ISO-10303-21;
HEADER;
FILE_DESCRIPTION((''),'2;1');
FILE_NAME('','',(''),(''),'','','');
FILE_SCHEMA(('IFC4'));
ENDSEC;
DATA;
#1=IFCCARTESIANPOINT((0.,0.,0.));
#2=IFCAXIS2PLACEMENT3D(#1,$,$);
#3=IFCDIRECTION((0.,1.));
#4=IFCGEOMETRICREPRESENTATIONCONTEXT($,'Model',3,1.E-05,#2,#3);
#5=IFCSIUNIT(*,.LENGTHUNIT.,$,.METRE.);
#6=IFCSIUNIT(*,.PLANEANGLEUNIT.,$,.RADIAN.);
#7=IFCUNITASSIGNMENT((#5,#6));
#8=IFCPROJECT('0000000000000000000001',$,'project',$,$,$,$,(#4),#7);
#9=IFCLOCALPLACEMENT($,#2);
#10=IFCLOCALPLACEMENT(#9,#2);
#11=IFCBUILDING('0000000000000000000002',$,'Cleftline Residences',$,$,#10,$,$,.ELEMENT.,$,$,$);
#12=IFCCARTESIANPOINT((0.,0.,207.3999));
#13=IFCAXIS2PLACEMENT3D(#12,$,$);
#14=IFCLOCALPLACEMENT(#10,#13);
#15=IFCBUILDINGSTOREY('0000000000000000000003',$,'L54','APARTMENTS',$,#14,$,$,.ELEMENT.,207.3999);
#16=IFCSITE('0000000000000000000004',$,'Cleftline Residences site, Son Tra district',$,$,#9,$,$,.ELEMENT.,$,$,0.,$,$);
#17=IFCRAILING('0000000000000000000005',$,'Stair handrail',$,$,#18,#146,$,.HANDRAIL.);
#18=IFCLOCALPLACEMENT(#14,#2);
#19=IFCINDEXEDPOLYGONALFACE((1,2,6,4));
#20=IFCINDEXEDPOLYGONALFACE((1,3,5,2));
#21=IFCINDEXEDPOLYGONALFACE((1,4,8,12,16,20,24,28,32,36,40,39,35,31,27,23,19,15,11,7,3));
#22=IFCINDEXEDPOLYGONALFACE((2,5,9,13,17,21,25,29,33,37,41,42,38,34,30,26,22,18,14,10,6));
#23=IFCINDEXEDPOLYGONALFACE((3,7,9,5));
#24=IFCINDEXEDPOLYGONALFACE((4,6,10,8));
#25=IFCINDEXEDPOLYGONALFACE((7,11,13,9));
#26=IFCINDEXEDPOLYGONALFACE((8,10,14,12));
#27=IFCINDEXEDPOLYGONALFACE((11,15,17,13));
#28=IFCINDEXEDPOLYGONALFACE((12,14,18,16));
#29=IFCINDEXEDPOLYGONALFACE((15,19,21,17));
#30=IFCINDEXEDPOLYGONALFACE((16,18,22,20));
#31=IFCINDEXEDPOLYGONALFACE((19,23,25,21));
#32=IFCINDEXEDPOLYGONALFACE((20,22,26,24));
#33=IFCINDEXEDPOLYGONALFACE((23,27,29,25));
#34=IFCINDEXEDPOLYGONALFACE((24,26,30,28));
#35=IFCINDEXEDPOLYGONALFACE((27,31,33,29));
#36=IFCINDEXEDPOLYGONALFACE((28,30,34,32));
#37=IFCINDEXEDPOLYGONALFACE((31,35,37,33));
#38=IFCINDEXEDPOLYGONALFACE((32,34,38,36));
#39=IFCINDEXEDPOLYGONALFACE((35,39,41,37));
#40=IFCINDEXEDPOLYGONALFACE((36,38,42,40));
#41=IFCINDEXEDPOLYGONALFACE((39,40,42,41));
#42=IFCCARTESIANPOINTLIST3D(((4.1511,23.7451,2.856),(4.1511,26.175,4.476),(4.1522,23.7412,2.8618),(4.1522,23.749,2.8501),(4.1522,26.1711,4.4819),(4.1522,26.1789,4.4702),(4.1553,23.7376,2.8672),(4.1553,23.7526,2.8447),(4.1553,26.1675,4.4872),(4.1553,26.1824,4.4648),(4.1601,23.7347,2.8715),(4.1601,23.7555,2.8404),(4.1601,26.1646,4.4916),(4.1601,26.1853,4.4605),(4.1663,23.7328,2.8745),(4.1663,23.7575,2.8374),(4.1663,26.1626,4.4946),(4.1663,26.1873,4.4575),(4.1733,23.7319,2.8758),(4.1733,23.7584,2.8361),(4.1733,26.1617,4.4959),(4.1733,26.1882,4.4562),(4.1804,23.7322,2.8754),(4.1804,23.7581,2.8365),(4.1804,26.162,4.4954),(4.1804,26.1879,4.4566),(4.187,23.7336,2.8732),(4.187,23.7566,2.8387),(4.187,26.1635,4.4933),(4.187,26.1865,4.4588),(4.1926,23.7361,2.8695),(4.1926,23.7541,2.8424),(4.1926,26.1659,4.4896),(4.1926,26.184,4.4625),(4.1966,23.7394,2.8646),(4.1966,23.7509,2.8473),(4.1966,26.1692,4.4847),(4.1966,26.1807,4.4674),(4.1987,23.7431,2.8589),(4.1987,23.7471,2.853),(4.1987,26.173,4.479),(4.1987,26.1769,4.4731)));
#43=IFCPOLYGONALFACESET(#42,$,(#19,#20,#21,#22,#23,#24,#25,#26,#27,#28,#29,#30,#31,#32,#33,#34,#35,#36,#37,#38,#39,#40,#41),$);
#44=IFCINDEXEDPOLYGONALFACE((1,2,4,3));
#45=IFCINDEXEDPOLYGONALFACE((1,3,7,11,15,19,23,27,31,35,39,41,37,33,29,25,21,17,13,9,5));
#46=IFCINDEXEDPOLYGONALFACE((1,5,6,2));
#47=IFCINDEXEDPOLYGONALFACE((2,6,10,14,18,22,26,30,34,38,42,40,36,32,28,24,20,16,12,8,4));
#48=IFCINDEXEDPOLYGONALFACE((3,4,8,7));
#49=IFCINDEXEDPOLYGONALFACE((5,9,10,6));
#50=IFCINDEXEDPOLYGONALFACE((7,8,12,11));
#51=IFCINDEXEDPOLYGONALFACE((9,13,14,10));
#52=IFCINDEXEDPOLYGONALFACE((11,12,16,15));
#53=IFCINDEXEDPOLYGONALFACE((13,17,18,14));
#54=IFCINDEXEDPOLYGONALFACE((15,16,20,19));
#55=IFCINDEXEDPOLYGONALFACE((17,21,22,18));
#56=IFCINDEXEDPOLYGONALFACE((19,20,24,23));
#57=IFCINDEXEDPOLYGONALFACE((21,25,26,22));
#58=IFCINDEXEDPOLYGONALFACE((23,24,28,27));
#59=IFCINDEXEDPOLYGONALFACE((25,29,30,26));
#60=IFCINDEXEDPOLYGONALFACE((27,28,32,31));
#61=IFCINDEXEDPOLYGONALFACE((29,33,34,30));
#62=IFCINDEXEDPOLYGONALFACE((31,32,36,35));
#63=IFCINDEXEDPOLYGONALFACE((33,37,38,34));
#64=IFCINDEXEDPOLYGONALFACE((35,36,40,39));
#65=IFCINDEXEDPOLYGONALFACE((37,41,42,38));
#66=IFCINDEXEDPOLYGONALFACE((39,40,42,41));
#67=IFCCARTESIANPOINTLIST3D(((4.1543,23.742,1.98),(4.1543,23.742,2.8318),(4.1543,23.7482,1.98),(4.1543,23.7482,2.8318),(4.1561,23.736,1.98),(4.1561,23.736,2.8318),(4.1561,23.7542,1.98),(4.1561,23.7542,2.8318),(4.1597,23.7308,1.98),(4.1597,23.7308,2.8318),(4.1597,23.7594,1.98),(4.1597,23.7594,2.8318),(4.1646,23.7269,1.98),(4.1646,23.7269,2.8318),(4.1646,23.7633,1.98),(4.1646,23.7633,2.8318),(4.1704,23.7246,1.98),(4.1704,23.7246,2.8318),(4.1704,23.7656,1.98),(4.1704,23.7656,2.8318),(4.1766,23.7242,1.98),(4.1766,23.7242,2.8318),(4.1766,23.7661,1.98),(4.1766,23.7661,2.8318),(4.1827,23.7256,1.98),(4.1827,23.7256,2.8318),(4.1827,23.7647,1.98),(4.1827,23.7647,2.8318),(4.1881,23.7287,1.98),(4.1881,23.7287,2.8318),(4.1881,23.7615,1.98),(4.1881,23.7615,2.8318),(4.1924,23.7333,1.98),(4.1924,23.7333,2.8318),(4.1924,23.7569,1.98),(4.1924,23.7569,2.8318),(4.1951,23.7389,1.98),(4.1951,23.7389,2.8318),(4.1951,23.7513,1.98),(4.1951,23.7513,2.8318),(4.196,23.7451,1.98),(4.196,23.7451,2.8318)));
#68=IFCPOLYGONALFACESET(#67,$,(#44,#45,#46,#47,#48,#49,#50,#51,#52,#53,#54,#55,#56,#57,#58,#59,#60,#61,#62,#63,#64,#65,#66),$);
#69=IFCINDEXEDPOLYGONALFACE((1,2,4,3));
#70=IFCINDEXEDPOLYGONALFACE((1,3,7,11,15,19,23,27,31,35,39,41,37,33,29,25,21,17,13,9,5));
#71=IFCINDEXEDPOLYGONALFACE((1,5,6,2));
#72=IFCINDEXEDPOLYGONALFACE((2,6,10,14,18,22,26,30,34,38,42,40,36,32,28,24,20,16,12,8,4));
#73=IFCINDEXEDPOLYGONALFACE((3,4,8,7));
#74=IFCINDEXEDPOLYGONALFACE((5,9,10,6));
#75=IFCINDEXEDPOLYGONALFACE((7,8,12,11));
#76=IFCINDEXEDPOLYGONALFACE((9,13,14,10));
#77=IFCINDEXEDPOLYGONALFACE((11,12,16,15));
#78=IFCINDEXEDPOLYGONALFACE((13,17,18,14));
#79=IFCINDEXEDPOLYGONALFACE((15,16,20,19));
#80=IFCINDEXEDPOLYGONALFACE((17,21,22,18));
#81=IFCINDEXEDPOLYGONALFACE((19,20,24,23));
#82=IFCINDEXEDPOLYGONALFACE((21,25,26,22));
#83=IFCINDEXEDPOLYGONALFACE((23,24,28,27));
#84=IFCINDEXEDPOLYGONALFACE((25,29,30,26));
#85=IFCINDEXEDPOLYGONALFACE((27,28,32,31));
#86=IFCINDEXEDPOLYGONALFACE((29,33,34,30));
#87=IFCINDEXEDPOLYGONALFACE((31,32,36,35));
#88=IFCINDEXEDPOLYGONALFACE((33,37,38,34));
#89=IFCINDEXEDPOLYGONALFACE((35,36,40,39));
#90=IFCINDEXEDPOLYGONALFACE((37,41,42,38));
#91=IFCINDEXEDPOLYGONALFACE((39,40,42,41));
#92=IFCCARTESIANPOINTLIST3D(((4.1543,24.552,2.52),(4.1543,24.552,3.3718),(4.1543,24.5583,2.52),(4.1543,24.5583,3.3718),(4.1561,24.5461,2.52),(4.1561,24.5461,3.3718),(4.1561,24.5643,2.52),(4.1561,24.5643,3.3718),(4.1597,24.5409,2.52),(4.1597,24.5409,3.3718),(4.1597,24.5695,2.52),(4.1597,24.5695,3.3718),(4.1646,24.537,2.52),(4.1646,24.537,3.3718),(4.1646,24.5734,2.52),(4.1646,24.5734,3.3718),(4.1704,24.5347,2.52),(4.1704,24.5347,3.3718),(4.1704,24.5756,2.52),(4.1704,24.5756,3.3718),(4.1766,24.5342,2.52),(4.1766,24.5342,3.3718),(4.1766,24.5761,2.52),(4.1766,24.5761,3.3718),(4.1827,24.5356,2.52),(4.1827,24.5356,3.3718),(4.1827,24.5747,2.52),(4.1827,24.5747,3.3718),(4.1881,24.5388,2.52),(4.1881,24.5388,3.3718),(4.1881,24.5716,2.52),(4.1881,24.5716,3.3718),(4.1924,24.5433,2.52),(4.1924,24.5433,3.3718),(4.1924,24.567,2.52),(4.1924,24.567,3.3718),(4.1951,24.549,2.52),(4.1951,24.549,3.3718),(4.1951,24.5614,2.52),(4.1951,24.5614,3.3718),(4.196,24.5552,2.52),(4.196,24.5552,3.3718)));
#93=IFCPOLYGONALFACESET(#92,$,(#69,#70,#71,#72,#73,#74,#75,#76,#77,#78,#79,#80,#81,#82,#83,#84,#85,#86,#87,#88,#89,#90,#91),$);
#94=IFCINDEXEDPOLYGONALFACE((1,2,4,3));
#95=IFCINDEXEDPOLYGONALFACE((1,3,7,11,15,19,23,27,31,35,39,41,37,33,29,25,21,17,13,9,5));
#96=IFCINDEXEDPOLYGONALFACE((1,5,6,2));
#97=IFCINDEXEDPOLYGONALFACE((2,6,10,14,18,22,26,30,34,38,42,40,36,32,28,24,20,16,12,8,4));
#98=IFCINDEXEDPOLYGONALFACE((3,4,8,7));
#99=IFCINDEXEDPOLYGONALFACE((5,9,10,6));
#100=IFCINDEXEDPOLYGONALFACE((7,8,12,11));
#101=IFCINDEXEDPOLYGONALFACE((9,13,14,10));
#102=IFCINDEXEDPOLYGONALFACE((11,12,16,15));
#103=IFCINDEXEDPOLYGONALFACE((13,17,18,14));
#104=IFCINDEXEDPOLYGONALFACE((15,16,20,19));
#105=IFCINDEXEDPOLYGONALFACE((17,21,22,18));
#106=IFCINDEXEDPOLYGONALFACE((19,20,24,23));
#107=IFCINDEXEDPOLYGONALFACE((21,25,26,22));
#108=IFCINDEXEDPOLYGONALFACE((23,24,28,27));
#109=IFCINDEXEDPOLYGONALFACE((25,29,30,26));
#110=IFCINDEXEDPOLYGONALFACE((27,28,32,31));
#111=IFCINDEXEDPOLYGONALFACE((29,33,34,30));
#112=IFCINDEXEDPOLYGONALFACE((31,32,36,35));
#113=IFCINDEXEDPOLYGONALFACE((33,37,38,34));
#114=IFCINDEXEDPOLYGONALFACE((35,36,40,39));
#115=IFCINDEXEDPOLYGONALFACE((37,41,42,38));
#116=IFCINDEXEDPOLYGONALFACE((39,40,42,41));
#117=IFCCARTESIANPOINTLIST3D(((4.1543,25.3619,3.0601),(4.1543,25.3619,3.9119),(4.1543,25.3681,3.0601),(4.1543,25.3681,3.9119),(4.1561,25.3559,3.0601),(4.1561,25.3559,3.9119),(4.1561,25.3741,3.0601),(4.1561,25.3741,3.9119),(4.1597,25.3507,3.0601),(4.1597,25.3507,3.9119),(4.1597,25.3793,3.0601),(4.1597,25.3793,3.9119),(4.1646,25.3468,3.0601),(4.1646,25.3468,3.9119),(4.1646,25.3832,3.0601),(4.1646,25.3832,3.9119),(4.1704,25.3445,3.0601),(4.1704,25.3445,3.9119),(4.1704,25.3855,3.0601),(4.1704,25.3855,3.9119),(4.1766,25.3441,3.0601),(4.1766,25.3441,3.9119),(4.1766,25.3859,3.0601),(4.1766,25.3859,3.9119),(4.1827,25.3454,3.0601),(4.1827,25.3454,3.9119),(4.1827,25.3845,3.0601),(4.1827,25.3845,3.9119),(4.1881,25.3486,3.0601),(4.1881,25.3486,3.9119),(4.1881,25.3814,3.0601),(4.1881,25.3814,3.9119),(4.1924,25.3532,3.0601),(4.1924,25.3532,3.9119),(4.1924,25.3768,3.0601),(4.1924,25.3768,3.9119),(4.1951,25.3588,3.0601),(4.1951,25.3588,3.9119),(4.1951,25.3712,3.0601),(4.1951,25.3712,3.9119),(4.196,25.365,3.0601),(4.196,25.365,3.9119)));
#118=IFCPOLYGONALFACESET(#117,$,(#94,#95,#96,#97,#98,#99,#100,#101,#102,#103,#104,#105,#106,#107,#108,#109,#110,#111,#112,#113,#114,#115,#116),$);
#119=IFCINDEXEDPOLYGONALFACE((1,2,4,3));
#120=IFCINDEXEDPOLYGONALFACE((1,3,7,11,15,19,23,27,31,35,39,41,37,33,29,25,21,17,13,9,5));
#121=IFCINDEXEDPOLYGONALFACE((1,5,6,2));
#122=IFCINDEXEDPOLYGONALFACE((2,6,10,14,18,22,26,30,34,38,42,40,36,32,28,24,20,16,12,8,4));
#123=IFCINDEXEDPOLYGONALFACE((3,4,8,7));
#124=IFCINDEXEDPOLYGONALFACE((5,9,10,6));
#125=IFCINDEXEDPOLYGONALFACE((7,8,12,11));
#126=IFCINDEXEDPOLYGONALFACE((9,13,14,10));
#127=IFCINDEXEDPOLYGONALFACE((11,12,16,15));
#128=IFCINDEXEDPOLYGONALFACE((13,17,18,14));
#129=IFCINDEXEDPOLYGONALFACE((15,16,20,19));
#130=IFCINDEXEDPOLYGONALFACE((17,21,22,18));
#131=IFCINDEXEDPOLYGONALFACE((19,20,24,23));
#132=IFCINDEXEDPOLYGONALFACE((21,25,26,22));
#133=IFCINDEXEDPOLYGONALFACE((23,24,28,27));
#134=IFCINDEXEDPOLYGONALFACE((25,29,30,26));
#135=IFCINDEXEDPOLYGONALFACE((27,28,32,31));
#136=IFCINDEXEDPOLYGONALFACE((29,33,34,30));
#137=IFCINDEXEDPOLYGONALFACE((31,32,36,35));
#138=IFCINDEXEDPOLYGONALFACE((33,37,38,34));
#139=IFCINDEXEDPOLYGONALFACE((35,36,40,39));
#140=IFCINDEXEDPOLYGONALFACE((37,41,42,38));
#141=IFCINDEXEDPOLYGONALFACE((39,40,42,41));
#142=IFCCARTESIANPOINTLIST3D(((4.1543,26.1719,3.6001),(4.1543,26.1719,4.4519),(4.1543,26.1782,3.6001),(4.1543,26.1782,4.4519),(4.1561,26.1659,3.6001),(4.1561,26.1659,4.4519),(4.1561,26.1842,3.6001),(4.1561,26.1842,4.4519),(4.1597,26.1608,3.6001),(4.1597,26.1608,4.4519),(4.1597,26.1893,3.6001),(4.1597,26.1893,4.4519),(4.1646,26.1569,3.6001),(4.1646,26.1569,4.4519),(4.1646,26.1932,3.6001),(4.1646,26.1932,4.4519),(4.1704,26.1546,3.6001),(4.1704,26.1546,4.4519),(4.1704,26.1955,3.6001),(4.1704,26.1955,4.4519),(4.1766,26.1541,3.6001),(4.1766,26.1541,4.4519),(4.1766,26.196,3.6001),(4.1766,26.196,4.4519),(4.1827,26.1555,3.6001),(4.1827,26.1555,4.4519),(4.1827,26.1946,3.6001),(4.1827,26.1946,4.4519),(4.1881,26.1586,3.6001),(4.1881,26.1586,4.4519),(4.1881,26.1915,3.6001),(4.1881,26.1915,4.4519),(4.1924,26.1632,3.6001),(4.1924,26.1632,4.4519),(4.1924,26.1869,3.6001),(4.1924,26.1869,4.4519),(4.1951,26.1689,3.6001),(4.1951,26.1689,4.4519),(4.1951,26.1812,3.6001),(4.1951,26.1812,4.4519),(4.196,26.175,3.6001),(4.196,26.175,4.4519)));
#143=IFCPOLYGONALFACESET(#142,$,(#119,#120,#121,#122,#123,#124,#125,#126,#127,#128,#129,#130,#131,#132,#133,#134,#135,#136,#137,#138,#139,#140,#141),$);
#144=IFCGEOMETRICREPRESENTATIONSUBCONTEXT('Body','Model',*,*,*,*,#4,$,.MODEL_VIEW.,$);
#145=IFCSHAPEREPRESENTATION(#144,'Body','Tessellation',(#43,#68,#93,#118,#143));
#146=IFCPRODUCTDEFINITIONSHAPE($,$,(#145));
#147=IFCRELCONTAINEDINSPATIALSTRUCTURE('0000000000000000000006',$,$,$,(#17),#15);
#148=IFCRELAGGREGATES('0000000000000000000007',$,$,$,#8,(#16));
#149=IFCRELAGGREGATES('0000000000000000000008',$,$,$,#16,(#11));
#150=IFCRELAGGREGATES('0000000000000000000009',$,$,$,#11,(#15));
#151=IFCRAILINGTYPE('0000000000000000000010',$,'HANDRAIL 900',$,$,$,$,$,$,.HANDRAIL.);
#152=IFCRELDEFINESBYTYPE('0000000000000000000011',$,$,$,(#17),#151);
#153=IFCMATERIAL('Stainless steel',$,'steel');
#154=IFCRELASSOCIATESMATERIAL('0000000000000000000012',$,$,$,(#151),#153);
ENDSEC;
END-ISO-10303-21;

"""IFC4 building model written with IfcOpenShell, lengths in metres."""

from ifc_helpers import new_model, si_unit, direction, frame, origin, origin_2d, place, context, subcontext, project, spatial, circle, extrude, material, type_object, element, save


model = new_model("IFC4")

# Units and contexts
model_context = context("Model", 3, precision=1e-05, world=origin(), true_north=direction((0.0, 1.0)))
body_context = subcontext(model_context, "Body", "Model", "MODEL_VIEW")
ifc_project = project(units=[si_unit("LENGTHUNIT", "METRE"), si_unit("PLANEANGLEUNIT", "RADIAN")], contexts=[model_context])

# Site, building, storey
site_placement = place(None, origin())
site = spatial("IfcSite", under=ifc_project, at=site_placement, Name="Cleftline Residences site, Son Tra district", CompositionType="ELEMENT", RefElevation=0.0)
building_placement = place(site_placement, origin())
building = spatial("IfcBuilding", under=site, at=building_placement, Name="Cleftline Residences", CompositionType="ELEMENT")
storey_placement = place(building_placement, frame((0.0, 0.0, 207.3999)))
storey = spatial("IfcBuildingStorey", under=building, at=storey_placement, Name="L54", Description="APARTMENTS", CompositionType="ELEMENT", Elevation=207.3999)

# Railing
ifc_material_1 = material(Name="Stainless steel", Category="steel")
railing_type = type_object("IfcRailingType", Name="HANDRAIL 900", PredefinedType="HANDRAIL", material=ifc_material_1)
railing_placement = place(storey_placement, frame((4.175, 23.7451, 1.98)))
element("IfcRailing", 1, at=railing_placement, inside=storey, type_object=railing_type, Name="Stair handrail", PredefinedType="HANDRAIL", context=body_context, shape_type="SweptSolid", body=[
    extrude(circle(Radius=0.0239, at=origin_2d()), frame((0.0, 0.0, 0.876), z_axis=(0.0, 0.832025, 0.554739), x_axis=(-1.0, 0.0, 0.0)), (0.0, 0.0, 1.0), 2.9204),
    extrude(circle(Radius=0.021, at=origin_2d()), origin(), (0.0, 0.0, 1.0), 0.8518),
    extrude(circle(Radius=0.021, at=origin_2d()), frame((0.0, 0.8101, 0.54)), (0.0, 0.0, 1.0), 0.8518),
    extrude(circle(Radius=0.021, at=origin_2d()), frame((0.0, 1.6199, 1.0801)), (0.0, 0.0, 1.0), 0.8518),
    extrude(circle(Radius=0.021, at=origin_2d()), frame((0.0, 2.4299, 1.6201)), (0.0, 0.0, 1.0), 0.8518),
])

save(model, "model.ifc")
